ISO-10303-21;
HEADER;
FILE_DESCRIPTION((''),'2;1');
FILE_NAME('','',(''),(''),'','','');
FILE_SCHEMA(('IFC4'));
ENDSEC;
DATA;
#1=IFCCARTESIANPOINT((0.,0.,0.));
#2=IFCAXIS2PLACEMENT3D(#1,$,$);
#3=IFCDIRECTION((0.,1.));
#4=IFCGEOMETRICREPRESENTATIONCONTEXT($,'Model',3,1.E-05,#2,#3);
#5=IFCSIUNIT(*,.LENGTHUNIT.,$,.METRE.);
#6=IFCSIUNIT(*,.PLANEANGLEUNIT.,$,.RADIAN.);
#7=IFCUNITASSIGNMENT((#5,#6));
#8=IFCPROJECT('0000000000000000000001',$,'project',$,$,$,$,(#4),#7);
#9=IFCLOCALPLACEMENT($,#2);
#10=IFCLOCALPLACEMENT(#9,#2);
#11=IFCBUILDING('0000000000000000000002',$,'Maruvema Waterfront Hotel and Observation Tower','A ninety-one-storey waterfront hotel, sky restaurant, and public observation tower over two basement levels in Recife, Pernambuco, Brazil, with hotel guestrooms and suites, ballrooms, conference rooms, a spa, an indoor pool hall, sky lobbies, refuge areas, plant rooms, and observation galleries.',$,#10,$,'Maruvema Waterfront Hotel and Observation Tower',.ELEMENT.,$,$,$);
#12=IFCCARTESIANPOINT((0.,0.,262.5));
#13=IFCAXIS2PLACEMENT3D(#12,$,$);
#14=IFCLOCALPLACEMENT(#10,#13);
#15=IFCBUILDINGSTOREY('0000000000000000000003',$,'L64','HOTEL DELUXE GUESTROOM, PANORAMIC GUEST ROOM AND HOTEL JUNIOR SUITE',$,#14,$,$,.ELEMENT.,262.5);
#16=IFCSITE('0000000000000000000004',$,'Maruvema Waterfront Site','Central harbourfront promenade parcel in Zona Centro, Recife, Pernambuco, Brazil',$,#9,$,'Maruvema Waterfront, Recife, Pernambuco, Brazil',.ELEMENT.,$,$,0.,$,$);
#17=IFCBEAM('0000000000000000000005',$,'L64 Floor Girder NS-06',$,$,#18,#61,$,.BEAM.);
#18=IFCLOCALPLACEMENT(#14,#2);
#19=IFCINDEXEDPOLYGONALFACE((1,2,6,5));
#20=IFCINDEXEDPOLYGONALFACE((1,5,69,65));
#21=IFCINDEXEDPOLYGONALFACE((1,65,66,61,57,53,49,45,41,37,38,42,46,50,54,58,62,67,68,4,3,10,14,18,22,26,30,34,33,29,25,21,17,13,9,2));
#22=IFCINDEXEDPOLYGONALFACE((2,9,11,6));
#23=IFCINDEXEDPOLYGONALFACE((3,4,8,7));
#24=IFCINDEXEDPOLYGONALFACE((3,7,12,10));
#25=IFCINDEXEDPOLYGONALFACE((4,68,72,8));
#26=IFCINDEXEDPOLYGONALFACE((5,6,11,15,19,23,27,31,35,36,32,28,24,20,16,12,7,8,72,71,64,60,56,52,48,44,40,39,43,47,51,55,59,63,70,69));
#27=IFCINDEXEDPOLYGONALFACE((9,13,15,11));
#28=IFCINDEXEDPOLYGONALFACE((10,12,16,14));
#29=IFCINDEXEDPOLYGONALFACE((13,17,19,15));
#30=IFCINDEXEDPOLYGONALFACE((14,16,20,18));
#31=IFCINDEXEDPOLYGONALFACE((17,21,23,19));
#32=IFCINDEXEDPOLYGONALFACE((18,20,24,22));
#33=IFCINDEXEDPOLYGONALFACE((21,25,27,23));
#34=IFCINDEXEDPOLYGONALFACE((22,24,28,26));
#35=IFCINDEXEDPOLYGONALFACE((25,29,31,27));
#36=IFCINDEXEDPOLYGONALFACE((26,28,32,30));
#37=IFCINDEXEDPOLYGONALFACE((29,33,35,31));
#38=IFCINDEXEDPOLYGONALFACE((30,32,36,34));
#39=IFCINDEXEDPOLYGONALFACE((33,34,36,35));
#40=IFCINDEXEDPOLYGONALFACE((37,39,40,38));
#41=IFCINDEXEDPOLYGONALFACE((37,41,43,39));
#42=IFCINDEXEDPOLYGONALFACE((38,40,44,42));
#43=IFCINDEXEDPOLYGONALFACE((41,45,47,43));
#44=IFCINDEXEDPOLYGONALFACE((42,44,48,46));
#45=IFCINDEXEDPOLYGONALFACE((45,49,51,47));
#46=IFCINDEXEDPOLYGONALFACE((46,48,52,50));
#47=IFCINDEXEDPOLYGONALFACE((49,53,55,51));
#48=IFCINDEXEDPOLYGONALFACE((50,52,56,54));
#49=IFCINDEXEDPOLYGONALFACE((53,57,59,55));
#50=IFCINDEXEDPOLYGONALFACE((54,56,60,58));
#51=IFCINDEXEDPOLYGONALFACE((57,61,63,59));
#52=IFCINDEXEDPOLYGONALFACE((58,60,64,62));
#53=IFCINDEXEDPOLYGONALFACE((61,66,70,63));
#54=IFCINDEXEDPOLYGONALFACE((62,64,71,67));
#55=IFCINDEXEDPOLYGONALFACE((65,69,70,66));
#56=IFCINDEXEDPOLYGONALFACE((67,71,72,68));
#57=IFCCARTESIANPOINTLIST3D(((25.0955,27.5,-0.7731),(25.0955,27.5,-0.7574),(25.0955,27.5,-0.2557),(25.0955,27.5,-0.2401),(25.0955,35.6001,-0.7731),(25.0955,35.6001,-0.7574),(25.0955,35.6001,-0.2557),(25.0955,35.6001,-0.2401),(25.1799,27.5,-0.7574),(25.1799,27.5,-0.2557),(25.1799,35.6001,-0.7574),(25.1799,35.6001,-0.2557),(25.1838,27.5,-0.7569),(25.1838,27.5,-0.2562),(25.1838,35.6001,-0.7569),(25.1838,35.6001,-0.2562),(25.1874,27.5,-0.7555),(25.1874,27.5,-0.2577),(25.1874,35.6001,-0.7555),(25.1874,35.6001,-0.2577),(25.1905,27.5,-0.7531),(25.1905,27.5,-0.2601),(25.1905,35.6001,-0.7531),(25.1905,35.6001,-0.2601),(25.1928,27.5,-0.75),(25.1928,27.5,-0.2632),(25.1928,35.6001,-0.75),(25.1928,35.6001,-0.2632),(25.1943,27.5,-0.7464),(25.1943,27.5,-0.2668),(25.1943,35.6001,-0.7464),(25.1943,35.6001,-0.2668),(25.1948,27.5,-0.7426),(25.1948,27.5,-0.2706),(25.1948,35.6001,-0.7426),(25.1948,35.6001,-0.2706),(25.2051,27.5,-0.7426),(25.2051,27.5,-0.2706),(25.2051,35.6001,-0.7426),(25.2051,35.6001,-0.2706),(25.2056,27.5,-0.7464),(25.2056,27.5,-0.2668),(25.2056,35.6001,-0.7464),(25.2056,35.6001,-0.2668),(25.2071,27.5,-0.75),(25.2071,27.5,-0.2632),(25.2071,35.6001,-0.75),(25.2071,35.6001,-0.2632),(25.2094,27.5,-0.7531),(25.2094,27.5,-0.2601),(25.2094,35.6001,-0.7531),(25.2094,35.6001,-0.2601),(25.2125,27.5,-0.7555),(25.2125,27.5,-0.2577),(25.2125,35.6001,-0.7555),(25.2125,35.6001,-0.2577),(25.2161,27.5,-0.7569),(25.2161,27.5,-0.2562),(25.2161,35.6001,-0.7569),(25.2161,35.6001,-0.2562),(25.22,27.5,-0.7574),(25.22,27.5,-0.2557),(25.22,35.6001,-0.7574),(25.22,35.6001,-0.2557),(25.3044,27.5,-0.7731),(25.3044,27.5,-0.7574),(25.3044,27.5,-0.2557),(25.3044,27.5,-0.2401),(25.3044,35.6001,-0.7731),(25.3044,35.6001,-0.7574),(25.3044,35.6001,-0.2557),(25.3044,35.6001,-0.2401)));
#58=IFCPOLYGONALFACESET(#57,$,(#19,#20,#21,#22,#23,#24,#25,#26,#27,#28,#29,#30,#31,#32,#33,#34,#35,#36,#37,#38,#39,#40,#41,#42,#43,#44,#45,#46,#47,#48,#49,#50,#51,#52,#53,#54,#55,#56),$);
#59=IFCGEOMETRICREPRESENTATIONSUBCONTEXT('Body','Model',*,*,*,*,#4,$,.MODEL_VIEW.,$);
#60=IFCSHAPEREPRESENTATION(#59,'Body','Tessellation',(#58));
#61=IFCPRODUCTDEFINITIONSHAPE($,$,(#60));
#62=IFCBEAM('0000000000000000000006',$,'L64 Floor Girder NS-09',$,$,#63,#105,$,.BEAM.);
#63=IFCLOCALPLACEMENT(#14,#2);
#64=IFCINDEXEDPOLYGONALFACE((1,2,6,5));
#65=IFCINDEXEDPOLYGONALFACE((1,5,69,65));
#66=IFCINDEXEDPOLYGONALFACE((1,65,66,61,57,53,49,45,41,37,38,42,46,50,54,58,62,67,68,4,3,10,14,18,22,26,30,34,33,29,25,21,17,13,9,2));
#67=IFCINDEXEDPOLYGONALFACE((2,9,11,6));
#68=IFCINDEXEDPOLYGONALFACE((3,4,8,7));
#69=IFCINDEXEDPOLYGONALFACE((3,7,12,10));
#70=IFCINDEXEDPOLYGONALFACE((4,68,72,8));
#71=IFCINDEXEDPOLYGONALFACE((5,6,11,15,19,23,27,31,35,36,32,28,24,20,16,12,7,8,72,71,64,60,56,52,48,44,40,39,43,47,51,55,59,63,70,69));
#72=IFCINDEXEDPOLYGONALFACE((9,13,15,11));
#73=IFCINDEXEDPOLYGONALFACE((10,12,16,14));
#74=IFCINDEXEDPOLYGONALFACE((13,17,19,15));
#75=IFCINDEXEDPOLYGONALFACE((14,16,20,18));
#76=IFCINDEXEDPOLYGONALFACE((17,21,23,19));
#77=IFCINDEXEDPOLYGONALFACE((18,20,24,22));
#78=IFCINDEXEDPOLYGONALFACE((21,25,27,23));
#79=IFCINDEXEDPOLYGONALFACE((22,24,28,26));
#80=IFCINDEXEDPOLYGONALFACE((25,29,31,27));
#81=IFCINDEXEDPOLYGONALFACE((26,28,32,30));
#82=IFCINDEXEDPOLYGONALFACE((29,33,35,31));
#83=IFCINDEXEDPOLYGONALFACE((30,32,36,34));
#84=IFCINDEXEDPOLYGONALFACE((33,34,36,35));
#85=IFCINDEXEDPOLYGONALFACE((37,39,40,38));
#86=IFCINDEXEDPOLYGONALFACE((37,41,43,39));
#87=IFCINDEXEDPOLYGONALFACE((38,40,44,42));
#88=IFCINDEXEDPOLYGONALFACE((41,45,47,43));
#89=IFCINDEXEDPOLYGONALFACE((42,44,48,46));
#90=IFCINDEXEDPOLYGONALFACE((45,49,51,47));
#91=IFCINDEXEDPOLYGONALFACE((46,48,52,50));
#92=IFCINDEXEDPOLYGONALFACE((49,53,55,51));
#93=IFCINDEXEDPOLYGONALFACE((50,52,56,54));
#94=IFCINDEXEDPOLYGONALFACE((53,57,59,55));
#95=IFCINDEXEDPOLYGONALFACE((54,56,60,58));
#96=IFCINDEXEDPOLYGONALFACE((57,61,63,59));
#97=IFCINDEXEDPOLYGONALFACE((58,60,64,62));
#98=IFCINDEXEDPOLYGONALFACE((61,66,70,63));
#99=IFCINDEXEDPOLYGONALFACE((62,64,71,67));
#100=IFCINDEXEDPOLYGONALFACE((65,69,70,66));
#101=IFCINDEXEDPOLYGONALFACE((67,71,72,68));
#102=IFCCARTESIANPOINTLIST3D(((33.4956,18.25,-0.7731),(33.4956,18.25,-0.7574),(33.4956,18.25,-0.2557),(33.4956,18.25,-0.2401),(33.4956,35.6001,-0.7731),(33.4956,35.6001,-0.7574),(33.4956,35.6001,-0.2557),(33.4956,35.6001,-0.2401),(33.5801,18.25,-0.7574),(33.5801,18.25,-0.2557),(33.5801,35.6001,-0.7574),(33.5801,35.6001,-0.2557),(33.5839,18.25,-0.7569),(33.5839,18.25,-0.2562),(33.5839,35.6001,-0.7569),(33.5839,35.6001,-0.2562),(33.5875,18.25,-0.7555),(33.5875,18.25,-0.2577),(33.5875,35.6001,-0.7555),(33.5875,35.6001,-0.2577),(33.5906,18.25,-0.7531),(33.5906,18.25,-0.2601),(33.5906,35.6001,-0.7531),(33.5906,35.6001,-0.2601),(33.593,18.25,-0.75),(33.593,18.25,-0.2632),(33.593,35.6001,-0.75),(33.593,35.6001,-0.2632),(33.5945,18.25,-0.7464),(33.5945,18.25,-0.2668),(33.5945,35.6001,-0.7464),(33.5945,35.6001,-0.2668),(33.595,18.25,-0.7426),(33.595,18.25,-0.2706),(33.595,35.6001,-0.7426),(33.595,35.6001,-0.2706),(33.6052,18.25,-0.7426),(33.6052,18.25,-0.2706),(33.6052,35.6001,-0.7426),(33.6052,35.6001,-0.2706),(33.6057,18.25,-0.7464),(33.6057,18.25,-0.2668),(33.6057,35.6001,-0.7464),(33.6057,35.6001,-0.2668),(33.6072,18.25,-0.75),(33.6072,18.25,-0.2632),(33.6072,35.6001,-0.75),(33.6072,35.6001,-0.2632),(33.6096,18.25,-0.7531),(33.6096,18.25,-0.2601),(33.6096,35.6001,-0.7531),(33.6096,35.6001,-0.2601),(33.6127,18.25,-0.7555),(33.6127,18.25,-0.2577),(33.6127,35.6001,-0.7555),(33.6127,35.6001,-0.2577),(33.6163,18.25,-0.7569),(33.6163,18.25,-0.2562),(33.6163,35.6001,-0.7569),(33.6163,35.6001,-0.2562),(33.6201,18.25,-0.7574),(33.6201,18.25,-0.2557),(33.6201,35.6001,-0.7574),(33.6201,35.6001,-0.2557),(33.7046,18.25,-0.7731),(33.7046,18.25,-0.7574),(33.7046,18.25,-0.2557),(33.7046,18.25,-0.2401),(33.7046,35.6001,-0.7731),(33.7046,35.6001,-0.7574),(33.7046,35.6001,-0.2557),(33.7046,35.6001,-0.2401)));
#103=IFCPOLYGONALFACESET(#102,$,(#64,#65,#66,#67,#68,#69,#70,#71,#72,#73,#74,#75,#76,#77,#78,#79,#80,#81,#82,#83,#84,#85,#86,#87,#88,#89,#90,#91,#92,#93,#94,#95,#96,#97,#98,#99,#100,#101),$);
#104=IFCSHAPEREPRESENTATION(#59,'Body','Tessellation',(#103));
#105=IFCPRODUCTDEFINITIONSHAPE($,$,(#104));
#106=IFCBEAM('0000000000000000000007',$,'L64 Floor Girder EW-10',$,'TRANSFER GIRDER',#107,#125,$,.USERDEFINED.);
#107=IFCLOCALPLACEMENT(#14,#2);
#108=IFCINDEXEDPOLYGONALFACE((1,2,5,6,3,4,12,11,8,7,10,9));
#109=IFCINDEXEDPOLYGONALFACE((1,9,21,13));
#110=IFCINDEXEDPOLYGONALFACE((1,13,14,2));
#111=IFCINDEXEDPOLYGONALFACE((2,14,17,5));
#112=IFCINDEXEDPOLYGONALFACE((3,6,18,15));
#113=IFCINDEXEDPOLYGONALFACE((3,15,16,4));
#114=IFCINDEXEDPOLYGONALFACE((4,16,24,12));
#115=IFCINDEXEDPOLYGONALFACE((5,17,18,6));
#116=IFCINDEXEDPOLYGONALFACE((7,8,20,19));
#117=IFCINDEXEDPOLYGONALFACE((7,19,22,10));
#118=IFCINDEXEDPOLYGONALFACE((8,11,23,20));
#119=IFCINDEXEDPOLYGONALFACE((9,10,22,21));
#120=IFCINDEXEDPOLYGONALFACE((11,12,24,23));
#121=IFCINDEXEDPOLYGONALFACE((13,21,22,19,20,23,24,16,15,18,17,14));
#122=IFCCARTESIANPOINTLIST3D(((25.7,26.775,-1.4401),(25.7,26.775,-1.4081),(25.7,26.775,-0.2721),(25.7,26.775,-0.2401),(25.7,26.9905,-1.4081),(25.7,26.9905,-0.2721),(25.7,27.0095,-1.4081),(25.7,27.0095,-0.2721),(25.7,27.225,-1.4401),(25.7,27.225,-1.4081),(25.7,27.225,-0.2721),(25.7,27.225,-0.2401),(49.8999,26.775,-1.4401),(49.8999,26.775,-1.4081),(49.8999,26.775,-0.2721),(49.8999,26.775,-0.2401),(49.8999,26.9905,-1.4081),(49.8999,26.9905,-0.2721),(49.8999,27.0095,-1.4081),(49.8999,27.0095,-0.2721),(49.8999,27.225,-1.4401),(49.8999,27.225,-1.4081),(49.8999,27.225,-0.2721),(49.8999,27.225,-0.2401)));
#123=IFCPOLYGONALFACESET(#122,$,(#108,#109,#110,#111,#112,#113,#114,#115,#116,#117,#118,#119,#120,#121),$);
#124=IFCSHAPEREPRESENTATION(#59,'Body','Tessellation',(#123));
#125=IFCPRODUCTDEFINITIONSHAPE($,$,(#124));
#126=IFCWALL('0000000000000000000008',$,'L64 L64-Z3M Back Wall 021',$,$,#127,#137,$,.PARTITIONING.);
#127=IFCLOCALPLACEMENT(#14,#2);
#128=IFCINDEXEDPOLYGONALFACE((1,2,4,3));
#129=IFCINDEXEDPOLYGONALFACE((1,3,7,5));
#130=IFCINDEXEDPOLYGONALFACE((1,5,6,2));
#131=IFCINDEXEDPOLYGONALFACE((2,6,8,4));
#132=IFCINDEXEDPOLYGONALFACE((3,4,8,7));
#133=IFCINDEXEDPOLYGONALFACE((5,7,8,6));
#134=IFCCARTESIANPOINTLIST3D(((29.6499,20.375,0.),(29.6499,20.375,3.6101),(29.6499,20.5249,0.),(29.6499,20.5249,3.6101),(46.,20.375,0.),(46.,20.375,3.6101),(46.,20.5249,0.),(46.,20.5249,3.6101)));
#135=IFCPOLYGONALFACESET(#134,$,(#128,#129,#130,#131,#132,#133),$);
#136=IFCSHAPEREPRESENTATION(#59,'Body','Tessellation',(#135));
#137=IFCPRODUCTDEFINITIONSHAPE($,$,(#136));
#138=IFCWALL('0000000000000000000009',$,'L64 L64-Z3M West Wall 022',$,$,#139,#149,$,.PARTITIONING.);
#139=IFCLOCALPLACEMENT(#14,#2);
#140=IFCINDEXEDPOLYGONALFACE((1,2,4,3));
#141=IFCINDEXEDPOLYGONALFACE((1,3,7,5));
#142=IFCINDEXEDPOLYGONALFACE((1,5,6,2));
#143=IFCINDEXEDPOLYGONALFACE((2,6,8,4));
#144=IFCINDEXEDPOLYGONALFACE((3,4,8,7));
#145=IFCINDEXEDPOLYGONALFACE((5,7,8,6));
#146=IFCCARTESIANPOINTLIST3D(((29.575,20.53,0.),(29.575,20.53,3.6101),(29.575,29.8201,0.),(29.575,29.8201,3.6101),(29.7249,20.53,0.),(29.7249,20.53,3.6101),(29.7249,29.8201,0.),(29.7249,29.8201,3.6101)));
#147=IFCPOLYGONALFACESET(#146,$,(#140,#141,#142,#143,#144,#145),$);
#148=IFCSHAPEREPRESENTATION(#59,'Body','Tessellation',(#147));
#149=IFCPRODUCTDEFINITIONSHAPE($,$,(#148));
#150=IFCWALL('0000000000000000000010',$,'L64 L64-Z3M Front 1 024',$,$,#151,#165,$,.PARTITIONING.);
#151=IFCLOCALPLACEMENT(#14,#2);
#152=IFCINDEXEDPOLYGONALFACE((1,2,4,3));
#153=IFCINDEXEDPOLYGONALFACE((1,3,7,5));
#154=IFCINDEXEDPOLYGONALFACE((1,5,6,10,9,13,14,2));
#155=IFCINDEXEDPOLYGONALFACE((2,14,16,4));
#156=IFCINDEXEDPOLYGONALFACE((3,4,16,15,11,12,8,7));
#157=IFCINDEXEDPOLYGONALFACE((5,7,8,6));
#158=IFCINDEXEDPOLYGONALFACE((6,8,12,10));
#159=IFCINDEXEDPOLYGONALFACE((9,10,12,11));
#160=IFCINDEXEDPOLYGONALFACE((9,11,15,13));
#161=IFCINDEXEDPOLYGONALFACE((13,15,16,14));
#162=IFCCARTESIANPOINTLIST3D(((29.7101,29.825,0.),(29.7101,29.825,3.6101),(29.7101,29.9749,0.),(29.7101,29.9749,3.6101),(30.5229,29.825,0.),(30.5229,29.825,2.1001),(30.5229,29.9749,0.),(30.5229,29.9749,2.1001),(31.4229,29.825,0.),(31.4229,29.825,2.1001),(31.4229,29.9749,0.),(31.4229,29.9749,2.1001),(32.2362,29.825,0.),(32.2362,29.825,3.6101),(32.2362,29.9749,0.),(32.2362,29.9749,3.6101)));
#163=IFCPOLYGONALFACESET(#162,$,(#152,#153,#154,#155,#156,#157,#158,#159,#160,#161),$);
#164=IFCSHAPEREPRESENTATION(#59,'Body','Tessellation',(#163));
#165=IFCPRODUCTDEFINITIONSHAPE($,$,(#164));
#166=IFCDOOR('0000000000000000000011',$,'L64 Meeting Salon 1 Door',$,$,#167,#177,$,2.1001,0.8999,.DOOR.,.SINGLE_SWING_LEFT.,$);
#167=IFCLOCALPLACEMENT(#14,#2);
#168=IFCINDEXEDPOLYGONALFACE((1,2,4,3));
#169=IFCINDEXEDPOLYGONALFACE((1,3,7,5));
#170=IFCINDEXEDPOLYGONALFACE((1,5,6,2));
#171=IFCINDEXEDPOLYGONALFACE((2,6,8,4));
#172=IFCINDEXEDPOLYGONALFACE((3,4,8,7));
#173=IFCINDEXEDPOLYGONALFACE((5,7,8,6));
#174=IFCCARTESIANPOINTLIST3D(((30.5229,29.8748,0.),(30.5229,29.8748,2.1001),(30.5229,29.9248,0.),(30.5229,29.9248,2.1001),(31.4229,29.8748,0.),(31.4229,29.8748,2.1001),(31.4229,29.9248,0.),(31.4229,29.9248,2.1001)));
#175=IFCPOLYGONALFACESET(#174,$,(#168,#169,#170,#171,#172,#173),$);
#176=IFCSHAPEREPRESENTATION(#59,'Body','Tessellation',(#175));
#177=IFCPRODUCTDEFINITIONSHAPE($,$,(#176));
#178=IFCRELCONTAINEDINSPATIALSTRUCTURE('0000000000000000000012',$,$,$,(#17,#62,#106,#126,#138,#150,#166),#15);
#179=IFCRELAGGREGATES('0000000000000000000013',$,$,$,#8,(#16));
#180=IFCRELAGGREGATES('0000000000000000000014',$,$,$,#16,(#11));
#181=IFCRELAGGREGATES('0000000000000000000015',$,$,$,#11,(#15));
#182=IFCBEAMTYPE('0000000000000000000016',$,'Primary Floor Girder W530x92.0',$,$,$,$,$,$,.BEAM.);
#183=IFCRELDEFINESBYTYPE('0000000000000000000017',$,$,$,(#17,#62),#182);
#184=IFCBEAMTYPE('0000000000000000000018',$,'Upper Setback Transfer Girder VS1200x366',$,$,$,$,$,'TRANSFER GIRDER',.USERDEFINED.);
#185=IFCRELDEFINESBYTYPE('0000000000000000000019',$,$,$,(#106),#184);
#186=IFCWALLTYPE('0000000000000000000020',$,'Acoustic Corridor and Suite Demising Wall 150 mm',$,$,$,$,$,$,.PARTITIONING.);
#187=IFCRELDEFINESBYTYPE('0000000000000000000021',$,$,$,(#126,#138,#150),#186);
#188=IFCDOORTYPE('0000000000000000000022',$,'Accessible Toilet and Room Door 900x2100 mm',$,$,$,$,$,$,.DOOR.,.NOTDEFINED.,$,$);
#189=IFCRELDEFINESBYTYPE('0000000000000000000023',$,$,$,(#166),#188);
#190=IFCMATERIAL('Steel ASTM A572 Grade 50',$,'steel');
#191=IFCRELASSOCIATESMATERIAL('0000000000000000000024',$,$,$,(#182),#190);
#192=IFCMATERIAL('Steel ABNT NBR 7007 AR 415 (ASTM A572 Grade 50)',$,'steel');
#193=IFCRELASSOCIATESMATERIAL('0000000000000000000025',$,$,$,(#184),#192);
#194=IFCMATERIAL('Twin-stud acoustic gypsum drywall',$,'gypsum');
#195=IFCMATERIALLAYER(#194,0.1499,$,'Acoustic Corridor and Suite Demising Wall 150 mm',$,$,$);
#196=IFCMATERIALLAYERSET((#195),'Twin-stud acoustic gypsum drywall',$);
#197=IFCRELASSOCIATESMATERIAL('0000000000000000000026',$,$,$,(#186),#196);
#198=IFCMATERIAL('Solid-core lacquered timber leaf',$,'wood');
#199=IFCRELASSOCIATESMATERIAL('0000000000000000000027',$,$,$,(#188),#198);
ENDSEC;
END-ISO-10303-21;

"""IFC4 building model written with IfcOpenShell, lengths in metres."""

from ifc_helpers import new_model, si_unit, direction, frame, frame_2d, origin, origin_2d, place, context, subcontext, project, spatial, rectangle, i_section, extrude, material, layer, layer_set, material_profile, profile_set, type_object, element, fill, save


model = new_model("IFC4")

# Units and contexts
model_context = context("Model", 3, precision=1e-05, world=origin(), true_north=direction((0.0, 1.0)))
body_context = subcontext(model_context, "Body", "Model", "MODEL_VIEW")
ifc_project = project(units=[si_unit("LENGTHUNIT", "METRE"), si_unit("PLANEANGLEUNIT", "RADIAN")], contexts=[model_context])

# Site, building, storey
site_placement = place(None, origin())
site = spatial("IfcSite", under=ifc_project, at=site_placement, Name="Maruvema Waterfront Site", Description="Central harbourfront promenade parcel in Zona Centro, Recife, Pernambuco, Brazil", LongName="Maruvema Waterfront, Recife, Pernambuco, Brazil", CompositionType="ELEMENT", RefElevation=0.0)
building_placement = place(site_placement, origin())
building = spatial("IfcBuilding", under=site, at=building_placement, Name="Maruvema Waterfront Hotel and Observation Tower", Description="A ninety-one-storey waterfront hotel, sky restaurant, and public observation tower over two basement levels in Recife, Pernambuco, Brazil, with hotel guestrooms and suites, ballrooms, conference rooms, a spa, an indoor pool hall, sky lobbies, refuge areas, plant rooms, and observation galleries.", LongName="Maruvema Waterfront Hotel and Observation Tower", CompositionType="ELEMENT")
storey_placement = place(building_placement, frame((0.0, 0.0, 262.5)))
storey = spatial("IfcBuildingStorey", under=building, at=storey_placement, Name="L64", Description="HOTEL DELUXE GUESTROOM, PANORAMIC GUEST ROOM AND HOTEL JUNIOR SUITE", CompositionType="ELEMENT", Elevation=262.5)

# Beams
ifc_material_1 = material(Name="Steel ASTM A572 Grade 50", Category="steel")
ifc_material_profile_1 = material_profile(ifc_material_1, i_section(OverallWidth=0.209, OverallDepth=0.533, WebThickness=0.0103, FlangeThickness=0.0156, FilletRadius=0.0149, at=origin_2d()), Name="W530x92.0")
ifc_profile_set_1 = profile_set([ifc_material_profile_1], Name="Steel ASTM A572 Grade 50")
beam_type_1 = type_object("IfcBeamType", Name="Primary Floor Girder W530x92.0", PredefinedType="BEAM", material=ifc_profile_set_1)
for number, where, z_axis, x_axis, name in (
    (1, (25.2, 27.5, -0.5066), (0.0, 1.0, 0.0), (-1.0, 0.0, 0.0), "L64 Floor Girder NS-06"),
):
    element("IfcBeam", number, at=place(storey_placement, frame(where, z_axis=z_axis, x_axis=x_axis)), inside=storey, type_object=beam_type_1, Name=name, PredefinedType="BEAM", context=body_context, shape_type="SweptSolid", body=[
        extrude(i_section(OverallWidth=0.209, OverallDepth=0.533, WebThickness=0.0103, FlangeThickness=0.0156, FilletRadius=0.0149, at=origin_2d()), origin(), (0.0, 0.0, 1.0), 8.1001),
    ])
beam_1_placement = place(storey_placement, frame((33.6001, 18.25, -0.5066), z_axis=(0.0, 1.0, 0.0), x_axis=(-1.0, 0.0, 0.0)))
element("IfcBeam", 2, at=beam_1_placement, inside=storey, type_object=beam_type_1, Name="L64 Floor Girder NS-09", PredefinedType="BEAM", context=body_context, shape_type="SweptSolid", body=[
    extrude(i_section(OverallWidth=0.209, OverallDepth=0.533, WebThickness=0.0103, FlangeThickness=0.0156, FilletRadius=0.0149, at=origin_2d()), origin(), (0.0, 0.0, 1.0), 17.3501),
])
ifc_material_2 = material(Name="Steel ABNT NBR 7007 AR 415 (ASTM A572 Grade 50)", Category="steel")
ifc_material_profile_2 = material_profile(ifc_material_2, i_section(OverallWidth=0.45, OverallDepth=1.2, WebThickness=0.019, FlangeThickness=0.032, at=origin_2d()), Name="VS1200x366")
ifc_profile_set_2 = profile_set([ifc_material_profile_2], Name="Steel ABNT NBR 7007 AR 415 (ASTM A572 Grade 50)")
beam_type_2 = type_object("IfcBeamType", Name="Upper Setback Transfer Girder VS1200x366", ElementType="TRANSFER GIRDER", PredefinedType="USERDEFINED", material=ifc_profile_set_2)
beam_2_placement = place(storey_placement, frame((25.7, 27.0, -0.8401), z_axis=(1.0, 0.0, 0.0), x_axis=(0.0, 1.0, 0.0)))
element("IfcBeam", 3, at=beam_2_placement, inside=storey, type_object=beam_type_2, Name="L64 Floor Girder EW-10", ObjectType="TRANSFER GIRDER", PredefinedType="USERDEFINED", context=body_context, shape_type="SweptSolid", body=[
    extrude(i_section(OverallWidth=0.45, OverallDepth=1.2, WebThickness=0.019, FlangeThickness=0.032, at=origin_2d()), origin(), (0.0, 0.0, 1.0), 24.2),
])

# Walls
ifc_material_3 = material(Name="Twin-stud acoustic gypsum drywall", Category="gypsum")
ifc_layer_1 = layer(ifc_material_3, 0.1499, Name="Acoustic Corridor and Suite Demising Wall 150 mm")
ifc_layer_set_1 = layer_set([ifc_layer_1], Name="Twin-stud acoustic gypsum drywall")
wall_type_1 = type_object("IfcWallType", Name="Acoustic Corridor and Suite Demising Wall 150 mm", PredefinedType="PARTITIONING", material=ifc_layer_set_1)
wall_1_placement = place(storey_placement, frame((29.6499, 20.45, 0.0), z_axis=(0.0, 0.0, 1.0), x_axis=(1.0, 0.0, 0.0)))
element("IfcWall", 4, at=wall_1_placement, inside=storey, type_object=wall_type_1, Name="L64 L64-Z3M Back Wall 021", PredefinedType="PARTITIONING", context=body_context, shape_type="SweptSolid", body=[
    extrude(rectangle(XDim=16.3501, YDim=0.1499, at=frame_2d((8.175, 0.0))), origin(), (0.0, 0.0, 1.0), 3.6101),
])
wall_2_placement = place(storey_placement, frame((29.6499, 20.53, 0.0), z_axis=(0.0, 0.0, 1.0), x_axis=(0.0, 1.0, 0.0)))
element("IfcWall", 5, at=wall_2_placement, inside=storey, type_object=wall_type_1, Name="L64 L64-Z3M West Wall 022", PredefinedType="PARTITIONING", context=body_context, shape_type="SweptSolid", body=[
    extrude(rectangle(XDim=9.29, YDim=0.1499, at=frame_2d((4.645, 0.0))), origin(), (0.0, 0.0, 1.0), 3.6101),
])

# Wall, opening, door
wall_3_placement = place(storey_placement, frame((29.71, 29.8999, 0.0), z_axis=(0.0, 0.0, 1.0), x_axis=(1.0, 0.0, 0.0)))
wall_3 = element("IfcWall", 6, at=wall_3_placement, inside=storey, type_object=wall_type_1, Name="L64 L64-Z3M Front 1 024", PredefinedType="PARTITIONING", context=body_context, shape_type="SweptSolid", body=[
    extrude(rectangle(XDim=2.5261, YDim=0.1499, at=frame_2d((1.2632, 0.0))), origin(), (0.0, 0.0, 1.0), 3.6101),
])
opening_1_placement = place(wall_3_placement, frame((0.813, 0.0, 0.0)))
opening_1 = element("IfcOpeningElement", 7, at=opening_1_placement, cuts=wall_3, PredefinedType="OPENING", context=body_context, shape_type="SweptSolid", body=[
    extrude(rectangle(XDim=0.8999, YDim=2.1001, at=frame_2d((0.45, 1.05))), frame((0.0, 0.085, 0.0), z_axis=(0.0, -1.0, 0.0), x_axis=(1.0, 0.0, 0.0)), (0.0, 0.0, 1.0), 0.1699),
])
ifc_material_4 = material(Name="Solid-core lacquered timber leaf", Category="wood")
door_type_1 = type_object("IfcDoorType", Name="Accessible Toilet and Room Door 900x2100 mm", OperationType="NOTDEFINED", PredefinedType="DOOR", material=ifc_material_4)
door_1_placement = place(opening_1_placement, origin())
door_1 = element("IfcDoor", 8, at=door_1_placement, inside=storey, type_object=door_type_1, Name="L64 Meeting Salon 1 Door", OperationType="SINGLE_SWING_LEFT", OverallHeight=2.1001, OverallWidth=0.8999, PredefinedType="DOOR", context=body_context, shape_type="SweptSolid", body=[
    extrude(rectangle(XDim=0.8999, YDim=2.1001, at=frame_2d((0.45, 1.05))), frame((0.0, 0.0249, 0.0), z_axis=(0.0, -1.0, 0.0), x_axis=(1.0, 0.0, 0.0)), (0.0, 0.0, 1.0), 0.05),
])
fill(opening_1, door_1)

save(model, "model.ifc")
